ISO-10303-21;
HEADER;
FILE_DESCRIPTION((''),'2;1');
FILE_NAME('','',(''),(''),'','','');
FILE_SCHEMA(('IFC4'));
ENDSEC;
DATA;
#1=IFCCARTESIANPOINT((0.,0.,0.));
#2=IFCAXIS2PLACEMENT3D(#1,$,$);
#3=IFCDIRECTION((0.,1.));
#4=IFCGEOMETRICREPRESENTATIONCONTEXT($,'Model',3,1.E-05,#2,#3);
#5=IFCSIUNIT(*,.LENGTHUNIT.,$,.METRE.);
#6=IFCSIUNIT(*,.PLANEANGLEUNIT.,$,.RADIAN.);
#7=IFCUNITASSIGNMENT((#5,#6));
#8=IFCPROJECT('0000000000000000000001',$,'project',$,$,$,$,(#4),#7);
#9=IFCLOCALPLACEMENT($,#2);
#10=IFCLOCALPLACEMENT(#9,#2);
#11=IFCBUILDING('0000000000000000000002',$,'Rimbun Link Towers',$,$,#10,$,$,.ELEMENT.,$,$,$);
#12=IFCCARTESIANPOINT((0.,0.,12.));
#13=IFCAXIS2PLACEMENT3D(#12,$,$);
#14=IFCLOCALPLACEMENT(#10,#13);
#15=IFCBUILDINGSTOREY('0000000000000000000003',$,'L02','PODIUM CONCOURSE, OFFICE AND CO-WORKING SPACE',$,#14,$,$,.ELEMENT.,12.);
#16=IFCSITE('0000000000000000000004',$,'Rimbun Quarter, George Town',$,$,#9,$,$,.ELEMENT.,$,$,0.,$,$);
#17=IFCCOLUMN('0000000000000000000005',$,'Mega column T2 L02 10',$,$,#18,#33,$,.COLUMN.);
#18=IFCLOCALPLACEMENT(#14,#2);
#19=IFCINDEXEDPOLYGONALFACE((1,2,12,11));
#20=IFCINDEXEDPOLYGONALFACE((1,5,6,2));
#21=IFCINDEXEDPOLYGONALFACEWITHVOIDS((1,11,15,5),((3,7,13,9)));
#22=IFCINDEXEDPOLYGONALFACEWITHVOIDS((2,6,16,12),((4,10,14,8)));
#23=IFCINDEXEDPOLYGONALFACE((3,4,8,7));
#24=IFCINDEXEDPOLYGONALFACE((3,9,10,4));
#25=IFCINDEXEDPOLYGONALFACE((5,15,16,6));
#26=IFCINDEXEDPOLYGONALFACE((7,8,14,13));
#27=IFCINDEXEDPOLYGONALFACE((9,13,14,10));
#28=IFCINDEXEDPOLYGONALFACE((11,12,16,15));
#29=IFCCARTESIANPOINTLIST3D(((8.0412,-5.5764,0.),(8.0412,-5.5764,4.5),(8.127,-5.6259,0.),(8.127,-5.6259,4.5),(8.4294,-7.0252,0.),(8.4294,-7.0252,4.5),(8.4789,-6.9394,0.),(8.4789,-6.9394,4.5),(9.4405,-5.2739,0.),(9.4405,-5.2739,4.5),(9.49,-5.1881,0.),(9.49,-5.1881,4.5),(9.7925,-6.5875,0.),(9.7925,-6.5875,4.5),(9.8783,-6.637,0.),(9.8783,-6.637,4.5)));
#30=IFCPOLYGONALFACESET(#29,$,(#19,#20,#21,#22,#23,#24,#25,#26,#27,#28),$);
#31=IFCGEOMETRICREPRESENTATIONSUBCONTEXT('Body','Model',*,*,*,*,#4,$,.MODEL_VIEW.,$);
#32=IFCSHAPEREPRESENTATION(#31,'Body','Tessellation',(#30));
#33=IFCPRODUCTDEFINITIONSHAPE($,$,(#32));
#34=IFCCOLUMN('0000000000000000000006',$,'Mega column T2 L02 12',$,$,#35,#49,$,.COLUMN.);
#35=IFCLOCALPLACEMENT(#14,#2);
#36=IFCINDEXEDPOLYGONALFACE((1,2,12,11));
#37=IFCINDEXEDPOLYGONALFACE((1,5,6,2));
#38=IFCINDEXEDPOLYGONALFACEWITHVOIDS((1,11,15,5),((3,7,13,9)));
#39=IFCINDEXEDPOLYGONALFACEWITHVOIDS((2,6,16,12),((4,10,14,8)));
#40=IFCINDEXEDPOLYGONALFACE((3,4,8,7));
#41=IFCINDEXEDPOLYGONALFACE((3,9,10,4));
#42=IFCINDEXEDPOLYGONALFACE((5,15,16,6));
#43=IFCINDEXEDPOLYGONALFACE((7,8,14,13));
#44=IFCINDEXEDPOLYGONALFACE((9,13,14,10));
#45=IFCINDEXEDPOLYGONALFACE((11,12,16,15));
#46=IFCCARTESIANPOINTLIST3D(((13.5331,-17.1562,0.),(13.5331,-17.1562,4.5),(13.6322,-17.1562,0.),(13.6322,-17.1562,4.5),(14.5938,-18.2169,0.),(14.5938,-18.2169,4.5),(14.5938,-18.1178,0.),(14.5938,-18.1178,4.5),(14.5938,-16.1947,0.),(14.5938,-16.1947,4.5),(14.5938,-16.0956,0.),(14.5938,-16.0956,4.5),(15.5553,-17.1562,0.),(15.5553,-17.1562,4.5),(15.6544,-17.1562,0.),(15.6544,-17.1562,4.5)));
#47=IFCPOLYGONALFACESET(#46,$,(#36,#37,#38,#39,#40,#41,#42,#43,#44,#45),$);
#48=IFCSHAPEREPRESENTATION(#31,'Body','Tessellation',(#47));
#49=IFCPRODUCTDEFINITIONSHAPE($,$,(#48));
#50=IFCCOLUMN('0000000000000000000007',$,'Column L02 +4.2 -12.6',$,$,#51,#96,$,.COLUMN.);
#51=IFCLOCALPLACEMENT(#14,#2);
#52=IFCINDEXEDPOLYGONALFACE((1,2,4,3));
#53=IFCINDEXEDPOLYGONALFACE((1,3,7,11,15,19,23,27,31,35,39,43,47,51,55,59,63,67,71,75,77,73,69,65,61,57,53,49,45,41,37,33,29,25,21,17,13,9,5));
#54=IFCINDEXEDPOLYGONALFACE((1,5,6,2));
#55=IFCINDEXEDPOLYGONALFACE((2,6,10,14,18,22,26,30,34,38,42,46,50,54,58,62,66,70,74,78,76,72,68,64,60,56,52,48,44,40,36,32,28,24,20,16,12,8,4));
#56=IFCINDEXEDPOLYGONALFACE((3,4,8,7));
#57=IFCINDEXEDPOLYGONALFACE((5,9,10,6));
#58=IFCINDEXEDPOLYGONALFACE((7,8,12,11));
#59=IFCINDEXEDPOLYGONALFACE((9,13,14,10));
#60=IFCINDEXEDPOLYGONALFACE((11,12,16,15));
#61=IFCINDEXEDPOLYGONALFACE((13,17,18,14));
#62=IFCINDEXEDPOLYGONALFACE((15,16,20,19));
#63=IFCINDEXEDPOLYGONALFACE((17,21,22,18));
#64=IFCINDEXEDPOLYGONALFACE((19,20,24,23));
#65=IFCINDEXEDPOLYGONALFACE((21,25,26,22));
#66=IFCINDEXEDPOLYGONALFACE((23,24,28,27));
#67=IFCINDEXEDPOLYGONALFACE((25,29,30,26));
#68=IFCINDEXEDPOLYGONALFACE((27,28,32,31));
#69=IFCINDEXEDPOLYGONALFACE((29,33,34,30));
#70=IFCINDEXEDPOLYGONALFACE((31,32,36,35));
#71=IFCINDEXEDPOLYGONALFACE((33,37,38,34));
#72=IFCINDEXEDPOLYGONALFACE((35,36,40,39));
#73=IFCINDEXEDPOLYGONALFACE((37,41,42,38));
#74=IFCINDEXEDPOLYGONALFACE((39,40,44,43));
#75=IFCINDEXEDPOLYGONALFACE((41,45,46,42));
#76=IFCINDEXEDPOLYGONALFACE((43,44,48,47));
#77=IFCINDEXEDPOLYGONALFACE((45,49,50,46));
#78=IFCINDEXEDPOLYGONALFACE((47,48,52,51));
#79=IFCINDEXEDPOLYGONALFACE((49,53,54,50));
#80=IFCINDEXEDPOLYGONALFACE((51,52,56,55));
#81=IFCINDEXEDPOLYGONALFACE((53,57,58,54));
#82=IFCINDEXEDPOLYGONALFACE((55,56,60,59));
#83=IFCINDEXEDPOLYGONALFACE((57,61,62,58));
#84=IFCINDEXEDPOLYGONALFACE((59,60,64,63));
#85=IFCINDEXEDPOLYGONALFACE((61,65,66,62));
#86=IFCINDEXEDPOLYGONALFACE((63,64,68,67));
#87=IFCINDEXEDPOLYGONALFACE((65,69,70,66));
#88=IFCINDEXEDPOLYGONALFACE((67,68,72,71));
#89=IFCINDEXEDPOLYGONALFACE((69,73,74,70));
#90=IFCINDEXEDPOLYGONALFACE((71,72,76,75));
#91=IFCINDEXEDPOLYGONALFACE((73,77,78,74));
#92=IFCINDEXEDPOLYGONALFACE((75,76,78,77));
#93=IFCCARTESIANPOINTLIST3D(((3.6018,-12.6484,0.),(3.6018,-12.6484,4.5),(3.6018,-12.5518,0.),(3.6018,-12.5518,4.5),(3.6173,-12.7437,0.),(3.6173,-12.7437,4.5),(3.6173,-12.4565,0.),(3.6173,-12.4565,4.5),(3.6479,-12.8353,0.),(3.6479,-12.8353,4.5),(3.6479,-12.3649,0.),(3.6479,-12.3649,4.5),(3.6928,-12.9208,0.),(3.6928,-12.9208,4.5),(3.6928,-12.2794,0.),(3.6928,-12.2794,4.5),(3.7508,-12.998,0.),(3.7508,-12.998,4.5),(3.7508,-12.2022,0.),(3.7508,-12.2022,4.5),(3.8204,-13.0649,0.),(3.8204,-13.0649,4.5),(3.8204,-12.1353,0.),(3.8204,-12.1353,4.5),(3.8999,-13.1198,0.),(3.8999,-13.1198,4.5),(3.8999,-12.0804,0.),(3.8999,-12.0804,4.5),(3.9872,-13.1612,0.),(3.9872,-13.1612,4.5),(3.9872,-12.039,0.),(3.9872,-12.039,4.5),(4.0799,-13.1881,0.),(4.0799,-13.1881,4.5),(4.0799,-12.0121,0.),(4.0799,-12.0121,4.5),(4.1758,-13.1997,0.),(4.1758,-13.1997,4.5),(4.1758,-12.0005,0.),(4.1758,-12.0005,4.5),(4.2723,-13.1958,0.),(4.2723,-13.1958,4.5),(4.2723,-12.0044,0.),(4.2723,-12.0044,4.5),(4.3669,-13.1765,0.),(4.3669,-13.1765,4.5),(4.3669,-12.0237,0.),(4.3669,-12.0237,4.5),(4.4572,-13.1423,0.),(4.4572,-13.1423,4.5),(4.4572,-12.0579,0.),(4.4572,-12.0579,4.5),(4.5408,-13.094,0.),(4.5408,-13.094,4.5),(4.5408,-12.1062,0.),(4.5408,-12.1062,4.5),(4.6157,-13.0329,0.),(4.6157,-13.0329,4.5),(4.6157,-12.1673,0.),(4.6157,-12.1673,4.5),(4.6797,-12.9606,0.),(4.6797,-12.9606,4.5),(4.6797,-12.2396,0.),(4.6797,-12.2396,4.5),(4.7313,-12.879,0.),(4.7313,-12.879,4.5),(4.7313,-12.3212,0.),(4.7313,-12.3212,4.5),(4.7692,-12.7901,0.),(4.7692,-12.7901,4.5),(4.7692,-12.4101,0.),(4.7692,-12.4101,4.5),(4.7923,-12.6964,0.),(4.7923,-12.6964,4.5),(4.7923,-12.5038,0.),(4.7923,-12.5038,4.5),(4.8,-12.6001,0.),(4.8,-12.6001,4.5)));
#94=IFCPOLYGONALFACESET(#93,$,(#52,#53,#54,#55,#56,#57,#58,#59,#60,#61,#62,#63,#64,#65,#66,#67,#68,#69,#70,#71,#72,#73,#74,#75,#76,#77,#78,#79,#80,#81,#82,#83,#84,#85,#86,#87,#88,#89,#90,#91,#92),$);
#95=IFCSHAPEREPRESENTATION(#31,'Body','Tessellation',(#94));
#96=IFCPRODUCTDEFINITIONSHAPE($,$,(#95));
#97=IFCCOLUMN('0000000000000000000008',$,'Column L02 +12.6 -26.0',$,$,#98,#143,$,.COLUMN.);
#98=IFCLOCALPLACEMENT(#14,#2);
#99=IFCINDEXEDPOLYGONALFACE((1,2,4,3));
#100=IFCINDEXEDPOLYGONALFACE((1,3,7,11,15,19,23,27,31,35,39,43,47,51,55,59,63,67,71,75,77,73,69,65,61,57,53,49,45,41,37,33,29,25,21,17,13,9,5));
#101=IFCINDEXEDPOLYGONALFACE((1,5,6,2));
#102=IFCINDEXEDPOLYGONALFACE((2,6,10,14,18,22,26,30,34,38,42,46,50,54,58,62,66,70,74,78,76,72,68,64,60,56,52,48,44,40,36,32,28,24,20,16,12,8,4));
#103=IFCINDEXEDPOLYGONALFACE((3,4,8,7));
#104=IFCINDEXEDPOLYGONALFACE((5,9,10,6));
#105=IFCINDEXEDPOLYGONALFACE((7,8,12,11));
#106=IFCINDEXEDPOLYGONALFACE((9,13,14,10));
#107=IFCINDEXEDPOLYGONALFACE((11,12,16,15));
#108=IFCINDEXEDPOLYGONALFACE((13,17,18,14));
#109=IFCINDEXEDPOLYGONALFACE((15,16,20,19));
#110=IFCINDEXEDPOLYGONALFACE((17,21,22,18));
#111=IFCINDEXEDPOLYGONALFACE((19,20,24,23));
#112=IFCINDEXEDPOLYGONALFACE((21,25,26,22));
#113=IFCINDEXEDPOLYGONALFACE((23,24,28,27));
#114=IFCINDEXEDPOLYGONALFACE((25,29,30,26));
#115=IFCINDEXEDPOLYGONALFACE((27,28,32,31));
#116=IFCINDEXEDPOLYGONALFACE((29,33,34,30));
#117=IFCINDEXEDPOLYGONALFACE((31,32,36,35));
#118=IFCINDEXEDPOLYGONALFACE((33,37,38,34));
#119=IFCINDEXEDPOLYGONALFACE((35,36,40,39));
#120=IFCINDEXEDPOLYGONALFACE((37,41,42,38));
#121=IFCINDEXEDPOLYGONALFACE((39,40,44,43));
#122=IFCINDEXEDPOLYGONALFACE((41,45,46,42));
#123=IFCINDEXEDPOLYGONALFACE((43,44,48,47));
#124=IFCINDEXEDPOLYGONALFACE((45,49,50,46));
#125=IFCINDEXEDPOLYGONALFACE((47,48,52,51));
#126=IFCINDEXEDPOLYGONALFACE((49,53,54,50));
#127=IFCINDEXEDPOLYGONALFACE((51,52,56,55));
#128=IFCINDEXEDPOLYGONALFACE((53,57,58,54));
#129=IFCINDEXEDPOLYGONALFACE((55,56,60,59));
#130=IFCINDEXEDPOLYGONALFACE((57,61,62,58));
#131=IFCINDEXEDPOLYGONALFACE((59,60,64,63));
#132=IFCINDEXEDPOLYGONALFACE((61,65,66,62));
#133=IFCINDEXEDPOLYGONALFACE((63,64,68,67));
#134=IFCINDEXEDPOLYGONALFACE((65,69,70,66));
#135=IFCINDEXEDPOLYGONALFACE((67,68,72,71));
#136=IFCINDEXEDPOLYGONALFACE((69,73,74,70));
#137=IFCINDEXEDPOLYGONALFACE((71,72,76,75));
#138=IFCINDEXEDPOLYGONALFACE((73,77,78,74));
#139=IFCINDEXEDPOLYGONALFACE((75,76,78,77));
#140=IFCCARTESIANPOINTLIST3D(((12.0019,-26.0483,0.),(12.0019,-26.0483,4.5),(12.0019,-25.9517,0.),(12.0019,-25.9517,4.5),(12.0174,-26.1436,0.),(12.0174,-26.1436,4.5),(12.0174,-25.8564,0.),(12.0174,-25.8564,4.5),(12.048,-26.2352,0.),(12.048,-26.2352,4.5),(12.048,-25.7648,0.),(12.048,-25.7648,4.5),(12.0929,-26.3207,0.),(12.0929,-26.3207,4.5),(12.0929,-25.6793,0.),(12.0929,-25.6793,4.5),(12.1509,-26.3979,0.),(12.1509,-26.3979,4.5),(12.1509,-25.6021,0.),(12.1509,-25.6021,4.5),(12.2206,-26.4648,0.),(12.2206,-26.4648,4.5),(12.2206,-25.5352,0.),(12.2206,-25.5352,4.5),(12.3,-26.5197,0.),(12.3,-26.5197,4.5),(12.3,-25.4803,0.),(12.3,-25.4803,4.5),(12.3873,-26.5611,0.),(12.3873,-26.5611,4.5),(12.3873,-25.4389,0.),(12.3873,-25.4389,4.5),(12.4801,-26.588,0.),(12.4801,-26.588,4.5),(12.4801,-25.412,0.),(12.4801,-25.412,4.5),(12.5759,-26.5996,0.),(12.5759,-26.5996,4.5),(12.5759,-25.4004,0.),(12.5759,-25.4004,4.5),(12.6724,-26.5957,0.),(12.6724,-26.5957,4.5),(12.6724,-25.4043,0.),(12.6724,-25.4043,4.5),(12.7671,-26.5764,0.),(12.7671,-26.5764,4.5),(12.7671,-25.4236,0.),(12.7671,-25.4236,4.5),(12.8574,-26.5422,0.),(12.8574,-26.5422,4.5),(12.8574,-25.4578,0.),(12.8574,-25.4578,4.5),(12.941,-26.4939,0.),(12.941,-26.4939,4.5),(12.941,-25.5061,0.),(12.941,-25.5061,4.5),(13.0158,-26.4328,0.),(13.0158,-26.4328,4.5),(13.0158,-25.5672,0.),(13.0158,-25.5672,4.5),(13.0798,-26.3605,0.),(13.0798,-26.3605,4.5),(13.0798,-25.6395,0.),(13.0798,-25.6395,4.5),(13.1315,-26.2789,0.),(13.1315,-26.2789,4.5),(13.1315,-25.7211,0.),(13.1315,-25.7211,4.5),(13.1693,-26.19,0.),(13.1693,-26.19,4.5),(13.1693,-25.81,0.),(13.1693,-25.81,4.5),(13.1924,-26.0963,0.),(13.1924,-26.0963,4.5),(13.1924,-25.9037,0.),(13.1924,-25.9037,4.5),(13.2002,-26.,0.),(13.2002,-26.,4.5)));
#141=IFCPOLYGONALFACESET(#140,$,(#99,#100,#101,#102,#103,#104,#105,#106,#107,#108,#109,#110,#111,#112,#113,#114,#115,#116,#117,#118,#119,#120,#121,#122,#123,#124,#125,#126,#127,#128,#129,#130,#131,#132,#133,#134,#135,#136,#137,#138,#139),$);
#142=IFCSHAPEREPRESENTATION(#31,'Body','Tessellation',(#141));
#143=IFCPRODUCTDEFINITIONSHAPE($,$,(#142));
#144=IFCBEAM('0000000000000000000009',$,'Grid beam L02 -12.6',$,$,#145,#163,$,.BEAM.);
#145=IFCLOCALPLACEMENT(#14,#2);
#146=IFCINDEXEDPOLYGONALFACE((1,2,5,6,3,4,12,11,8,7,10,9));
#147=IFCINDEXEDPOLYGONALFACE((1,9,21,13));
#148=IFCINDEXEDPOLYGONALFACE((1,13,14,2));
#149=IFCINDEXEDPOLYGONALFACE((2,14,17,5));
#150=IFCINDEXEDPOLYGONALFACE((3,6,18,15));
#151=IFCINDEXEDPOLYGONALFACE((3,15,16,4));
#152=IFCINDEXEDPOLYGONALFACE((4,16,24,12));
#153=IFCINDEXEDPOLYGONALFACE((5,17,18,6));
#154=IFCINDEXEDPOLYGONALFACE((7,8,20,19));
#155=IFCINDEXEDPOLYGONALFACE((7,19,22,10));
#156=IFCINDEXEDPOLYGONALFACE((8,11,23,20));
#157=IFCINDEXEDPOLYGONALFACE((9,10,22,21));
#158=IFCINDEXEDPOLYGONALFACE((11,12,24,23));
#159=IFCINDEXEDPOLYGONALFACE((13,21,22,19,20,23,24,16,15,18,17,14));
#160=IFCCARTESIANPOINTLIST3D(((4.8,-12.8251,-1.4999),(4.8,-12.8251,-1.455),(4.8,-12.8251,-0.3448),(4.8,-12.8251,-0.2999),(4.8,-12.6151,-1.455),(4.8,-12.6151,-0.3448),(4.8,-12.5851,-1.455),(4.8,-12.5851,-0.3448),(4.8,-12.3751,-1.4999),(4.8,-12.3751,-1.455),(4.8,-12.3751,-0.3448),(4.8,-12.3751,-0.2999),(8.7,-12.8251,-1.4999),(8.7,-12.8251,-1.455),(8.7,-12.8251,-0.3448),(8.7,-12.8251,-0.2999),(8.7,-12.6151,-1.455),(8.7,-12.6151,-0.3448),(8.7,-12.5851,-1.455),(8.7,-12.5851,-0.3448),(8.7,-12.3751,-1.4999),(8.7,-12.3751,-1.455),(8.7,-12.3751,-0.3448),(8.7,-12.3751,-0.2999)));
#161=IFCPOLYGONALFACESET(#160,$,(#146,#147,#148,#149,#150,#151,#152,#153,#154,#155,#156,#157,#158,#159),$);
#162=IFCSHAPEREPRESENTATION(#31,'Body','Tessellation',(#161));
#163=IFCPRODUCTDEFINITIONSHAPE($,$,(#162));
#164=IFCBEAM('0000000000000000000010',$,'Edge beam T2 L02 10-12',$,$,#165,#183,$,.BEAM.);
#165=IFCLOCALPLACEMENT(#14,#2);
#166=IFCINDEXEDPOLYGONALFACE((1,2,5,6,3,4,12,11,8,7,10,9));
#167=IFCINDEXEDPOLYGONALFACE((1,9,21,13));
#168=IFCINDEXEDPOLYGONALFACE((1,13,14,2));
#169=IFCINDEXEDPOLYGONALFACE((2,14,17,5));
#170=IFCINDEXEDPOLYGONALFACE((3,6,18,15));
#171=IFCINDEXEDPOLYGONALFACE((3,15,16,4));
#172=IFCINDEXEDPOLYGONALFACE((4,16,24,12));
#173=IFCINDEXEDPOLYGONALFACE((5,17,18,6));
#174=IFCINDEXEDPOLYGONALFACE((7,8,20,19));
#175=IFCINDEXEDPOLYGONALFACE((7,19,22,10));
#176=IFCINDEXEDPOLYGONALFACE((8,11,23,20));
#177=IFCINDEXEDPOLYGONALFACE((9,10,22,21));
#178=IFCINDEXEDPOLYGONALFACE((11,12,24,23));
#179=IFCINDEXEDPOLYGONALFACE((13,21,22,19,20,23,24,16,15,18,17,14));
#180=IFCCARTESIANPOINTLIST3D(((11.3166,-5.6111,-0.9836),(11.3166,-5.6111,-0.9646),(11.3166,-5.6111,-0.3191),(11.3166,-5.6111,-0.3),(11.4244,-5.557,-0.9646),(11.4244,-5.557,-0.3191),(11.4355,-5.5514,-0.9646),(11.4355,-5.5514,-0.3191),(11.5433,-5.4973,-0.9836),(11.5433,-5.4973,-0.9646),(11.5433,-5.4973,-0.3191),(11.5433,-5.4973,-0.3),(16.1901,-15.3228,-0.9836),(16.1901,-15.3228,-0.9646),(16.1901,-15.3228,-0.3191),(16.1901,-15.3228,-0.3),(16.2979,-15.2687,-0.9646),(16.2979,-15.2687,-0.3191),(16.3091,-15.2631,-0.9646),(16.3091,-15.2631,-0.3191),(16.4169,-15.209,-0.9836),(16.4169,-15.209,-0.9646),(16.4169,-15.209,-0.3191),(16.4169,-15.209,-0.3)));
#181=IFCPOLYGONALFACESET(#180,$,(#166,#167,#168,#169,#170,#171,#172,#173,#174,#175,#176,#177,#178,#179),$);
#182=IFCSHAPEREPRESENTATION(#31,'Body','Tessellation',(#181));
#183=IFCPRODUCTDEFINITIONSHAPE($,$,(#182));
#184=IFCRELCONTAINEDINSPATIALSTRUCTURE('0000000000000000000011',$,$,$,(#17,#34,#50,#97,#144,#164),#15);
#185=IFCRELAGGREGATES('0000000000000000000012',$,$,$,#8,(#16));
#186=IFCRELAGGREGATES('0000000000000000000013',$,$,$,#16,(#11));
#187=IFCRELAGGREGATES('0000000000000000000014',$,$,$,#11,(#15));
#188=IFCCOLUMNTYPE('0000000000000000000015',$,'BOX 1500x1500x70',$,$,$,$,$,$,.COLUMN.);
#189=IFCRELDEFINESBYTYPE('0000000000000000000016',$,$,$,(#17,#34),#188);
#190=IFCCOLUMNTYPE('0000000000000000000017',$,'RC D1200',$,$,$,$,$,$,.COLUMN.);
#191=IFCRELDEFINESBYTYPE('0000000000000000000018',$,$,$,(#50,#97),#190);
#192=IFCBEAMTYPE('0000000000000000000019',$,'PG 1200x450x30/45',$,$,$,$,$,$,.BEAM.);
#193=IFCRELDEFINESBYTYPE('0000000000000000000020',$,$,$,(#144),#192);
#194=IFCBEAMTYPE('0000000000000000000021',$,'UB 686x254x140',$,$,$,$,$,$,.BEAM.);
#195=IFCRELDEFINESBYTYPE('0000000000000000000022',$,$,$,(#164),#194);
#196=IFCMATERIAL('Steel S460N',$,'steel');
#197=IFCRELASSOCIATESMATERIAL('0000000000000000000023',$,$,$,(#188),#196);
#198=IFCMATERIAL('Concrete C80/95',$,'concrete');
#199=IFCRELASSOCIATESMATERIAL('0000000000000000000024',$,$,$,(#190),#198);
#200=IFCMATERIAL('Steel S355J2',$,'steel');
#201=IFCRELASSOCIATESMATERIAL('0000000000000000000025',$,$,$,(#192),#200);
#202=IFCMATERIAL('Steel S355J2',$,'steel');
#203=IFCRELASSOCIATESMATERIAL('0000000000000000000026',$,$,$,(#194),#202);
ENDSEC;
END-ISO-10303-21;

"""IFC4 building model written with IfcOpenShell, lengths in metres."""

from ifc_helpers import new_model, si_unit, direction, frame, origin, origin_2d, place, context, subcontext, project, spatial, hollow_rectangle, circle, i_section, extrude, material, material_profile, profile_set, type_object, element, save


model = new_model("IFC4")

# Units and contexts
model_context = context("Model", 3, precision=1e-05, world=origin(), true_north=direction((0.0, 1.0)))
body_context = subcontext(model_context, "Body", "Model", "MODEL_VIEW")
ifc_project = project(units=[si_unit("LENGTHUNIT", "METRE"), si_unit("PLANEANGLEUNIT", "RADIAN")], contexts=[model_context])

# Site, building, storey
site_placement = place(None, origin())
site = spatial("IfcSite", under=ifc_project, at=site_placement, Name="Rimbun Quarter, George Town", CompositionType="ELEMENT", RefElevation=0.0)
building_placement = place(site_placement, origin())
building = spatial("IfcBuilding", under=site, at=building_placement, Name="Rimbun Link Towers", CompositionType="ELEMENT")
storey_placement = place(building_placement, frame((0.0, 0.0, 12.0)))
storey = spatial("IfcBuildingStorey", under=building, at=storey_placement, Name="L02", Description="PODIUM CONCOURSE, OFFICE AND CO-WORKING SPACE", CompositionType="ELEMENT", Elevation=12.0)

# Columns
ifc_material_1 = material(Name="Steel S460N", Category="steel")
ifc_material_profile_1 = material_profile(ifc_material_1, hollow_rectangle(XDim=1.5, YDim=1.5, WallThickness=0.0701, at=origin_2d()), Name="BOX 1500x1500x70")
ifc_profile_set_1 = profile_set([ifc_material_profile_1], Name="Steel S460N")
column_type_1 = type_object("IfcColumnType", Name="BOX 1500x1500x70", PredefinedType="COLUMN", material=ifc_profile_set_1)
for number, where, z_axis, x_axis, name in (
    (1, (8.9597, -6.1067, 0.0), (0.0, 0.0, 1.0), (-0.965926, -0.258819, 0.0), "Mega column T2 L02 10"),
    (2, (14.5938, -17.1562, 0.0), (0.0, 0.0, 1.0), (-0.707107, -0.707107, 0.0), "Mega column T2 L02 12"),
):
    element("IfcColumn", number, at=place(storey_placement, frame(where, z_axis=z_axis, x_axis=x_axis)), inside=storey, type_object=column_type_1, Name=name, PredefinedType="COLUMN", context=body_context, shape_type="SweptSolid", body=[
        extrude(hollow_rectangle(XDim=1.5, YDim=1.5, WallThickness=0.0701, at=origin_2d()), origin(), (0.0, 0.0, 1.0), 4.5),
    ])
ifc_material_2 = material(Name="Concrete C80/95", Category="concrete")
ifc_material_profile_2 = material_profile(ifc_material_2, circle(Radius=0.6001, at=origin_2d()), Name="RC D1200")
ifc_profile_set_2 = profile_set([ifc_material_profile_2], Name="Concrete C80/95")
column_type_2 = type_object("IfcColumnType", Name="RC D1200", PredefinedType="COLUMN", material=ifc_profile_set_2)
for number, where, z_axis, x_axis, name in (
    (3, (4.2, -12.6001, 0.0), (0.0, 0.0, 1.0), (1.0, 0.0, 0.0), "Column L02 +4.2 -12.6"),
    (4, (12.6001, -26.0, 0.0), (0.0, 0.0, 1.0), (1.0, 0.0, 0.0), "Column L02 +12.6 -26.0"),
):
    element("IfcColumn", number, at=place(storey_placement, frame(where, z_axis=z_axis, x_axis=x_axis)), inside=storey, type_object=column_type_2, Name=name, PredefinedType="COLUMN", context=body_context, shape_type="SweptSolid", body=[
        extrude(circle(Radius=0.6001, at=origin_2d()), origin(), (0.0, 0.0, 1.0), 4.5),
    ])

# Beams
ifc_material_3 = material(Name="Steel S355J2", Category="steel")
ifc_material_profile_3 = material_profile(ifc_material_3, i_section(OverallWidth=0.45, OverallDepth=1.2, WebThickness=0.03, FlangeThickness=0.0449, at=origin_2d()), Name="PG 1200x450x30/45")
ifc_profile_set_3 = profile_set([ifc_material_profile_3], Name="Steel S355J2")
beam_type_1 = type_object("IfcBeamType", Name="PG 1200x450x30/45", PredefinedType="BEAM", material=ifc_profile_set_3)
beam_1_placement = place(storey_placement, frame((4.8, -12.6001, -0.8999), z_axis=(1.0, 0.0, 0.0), x_axis=(0.0, 1.0, 0.0)))
element("IfcBeam", 5, at=beam_1_placement, inside=storey, type_object=beam_type_1, Name="Grid beam L02 -12.6", PredefinedType="BEAM", context=body_context, shape_type="SweptSolid", body=[
    extrude(i_section(OverallWidth=0.45, OverallDepth=1.2, WebThickness=0.03, FlangeThickness=0.0449, at=origin_2d()), origin(), (0.0, 0.0, 1.0), 3.8999),
])
ifc_material_4 = material(Name="Steel S355J2", Category="steel")
ifc_material_profile_4 = material_profile(ifc_material_4, i_section(OverallWidth=0.2537, OverallDepth=0.6836, WebThickness=0.0125, FlangeThickness=0.019, at=origin_2d()), Name="UB 686x254x140")
ifc_profile_set_4 = profile_set([ifc_material_profile_4], Name="Steel S355J2")
beam_type_2 = type_object("IfcBeamType", Name="UB 686x254x140", PredefinedType="BEAM", material=ifc_profile_set_4)
beam_2_placement = place(storey_placement, frame((11.4299, -5.5542, -0.6418), z_axis=(0.448516, -0.893775, 0.0), x_axis=(0.893775, 0.448516, 0.0)))
element("IfcBeam", 6, at=beam_2_placement, inside=storey, type_object=beam_type_2, Name="Edge beam T2 L02 10-12", PredefinedType="BEAM", context=body_context, shape_type="SweptSolid", body=[
    extrude(i_section(OverallWidth=0.2537, OverallDepth=0.6836, WebThickness=0.0125, FlangeThickness=0.019, at=origin_2d()), origin(), (0.0, 0.0, 1.0), 10.866),
])

save(model, "model.ifc")
